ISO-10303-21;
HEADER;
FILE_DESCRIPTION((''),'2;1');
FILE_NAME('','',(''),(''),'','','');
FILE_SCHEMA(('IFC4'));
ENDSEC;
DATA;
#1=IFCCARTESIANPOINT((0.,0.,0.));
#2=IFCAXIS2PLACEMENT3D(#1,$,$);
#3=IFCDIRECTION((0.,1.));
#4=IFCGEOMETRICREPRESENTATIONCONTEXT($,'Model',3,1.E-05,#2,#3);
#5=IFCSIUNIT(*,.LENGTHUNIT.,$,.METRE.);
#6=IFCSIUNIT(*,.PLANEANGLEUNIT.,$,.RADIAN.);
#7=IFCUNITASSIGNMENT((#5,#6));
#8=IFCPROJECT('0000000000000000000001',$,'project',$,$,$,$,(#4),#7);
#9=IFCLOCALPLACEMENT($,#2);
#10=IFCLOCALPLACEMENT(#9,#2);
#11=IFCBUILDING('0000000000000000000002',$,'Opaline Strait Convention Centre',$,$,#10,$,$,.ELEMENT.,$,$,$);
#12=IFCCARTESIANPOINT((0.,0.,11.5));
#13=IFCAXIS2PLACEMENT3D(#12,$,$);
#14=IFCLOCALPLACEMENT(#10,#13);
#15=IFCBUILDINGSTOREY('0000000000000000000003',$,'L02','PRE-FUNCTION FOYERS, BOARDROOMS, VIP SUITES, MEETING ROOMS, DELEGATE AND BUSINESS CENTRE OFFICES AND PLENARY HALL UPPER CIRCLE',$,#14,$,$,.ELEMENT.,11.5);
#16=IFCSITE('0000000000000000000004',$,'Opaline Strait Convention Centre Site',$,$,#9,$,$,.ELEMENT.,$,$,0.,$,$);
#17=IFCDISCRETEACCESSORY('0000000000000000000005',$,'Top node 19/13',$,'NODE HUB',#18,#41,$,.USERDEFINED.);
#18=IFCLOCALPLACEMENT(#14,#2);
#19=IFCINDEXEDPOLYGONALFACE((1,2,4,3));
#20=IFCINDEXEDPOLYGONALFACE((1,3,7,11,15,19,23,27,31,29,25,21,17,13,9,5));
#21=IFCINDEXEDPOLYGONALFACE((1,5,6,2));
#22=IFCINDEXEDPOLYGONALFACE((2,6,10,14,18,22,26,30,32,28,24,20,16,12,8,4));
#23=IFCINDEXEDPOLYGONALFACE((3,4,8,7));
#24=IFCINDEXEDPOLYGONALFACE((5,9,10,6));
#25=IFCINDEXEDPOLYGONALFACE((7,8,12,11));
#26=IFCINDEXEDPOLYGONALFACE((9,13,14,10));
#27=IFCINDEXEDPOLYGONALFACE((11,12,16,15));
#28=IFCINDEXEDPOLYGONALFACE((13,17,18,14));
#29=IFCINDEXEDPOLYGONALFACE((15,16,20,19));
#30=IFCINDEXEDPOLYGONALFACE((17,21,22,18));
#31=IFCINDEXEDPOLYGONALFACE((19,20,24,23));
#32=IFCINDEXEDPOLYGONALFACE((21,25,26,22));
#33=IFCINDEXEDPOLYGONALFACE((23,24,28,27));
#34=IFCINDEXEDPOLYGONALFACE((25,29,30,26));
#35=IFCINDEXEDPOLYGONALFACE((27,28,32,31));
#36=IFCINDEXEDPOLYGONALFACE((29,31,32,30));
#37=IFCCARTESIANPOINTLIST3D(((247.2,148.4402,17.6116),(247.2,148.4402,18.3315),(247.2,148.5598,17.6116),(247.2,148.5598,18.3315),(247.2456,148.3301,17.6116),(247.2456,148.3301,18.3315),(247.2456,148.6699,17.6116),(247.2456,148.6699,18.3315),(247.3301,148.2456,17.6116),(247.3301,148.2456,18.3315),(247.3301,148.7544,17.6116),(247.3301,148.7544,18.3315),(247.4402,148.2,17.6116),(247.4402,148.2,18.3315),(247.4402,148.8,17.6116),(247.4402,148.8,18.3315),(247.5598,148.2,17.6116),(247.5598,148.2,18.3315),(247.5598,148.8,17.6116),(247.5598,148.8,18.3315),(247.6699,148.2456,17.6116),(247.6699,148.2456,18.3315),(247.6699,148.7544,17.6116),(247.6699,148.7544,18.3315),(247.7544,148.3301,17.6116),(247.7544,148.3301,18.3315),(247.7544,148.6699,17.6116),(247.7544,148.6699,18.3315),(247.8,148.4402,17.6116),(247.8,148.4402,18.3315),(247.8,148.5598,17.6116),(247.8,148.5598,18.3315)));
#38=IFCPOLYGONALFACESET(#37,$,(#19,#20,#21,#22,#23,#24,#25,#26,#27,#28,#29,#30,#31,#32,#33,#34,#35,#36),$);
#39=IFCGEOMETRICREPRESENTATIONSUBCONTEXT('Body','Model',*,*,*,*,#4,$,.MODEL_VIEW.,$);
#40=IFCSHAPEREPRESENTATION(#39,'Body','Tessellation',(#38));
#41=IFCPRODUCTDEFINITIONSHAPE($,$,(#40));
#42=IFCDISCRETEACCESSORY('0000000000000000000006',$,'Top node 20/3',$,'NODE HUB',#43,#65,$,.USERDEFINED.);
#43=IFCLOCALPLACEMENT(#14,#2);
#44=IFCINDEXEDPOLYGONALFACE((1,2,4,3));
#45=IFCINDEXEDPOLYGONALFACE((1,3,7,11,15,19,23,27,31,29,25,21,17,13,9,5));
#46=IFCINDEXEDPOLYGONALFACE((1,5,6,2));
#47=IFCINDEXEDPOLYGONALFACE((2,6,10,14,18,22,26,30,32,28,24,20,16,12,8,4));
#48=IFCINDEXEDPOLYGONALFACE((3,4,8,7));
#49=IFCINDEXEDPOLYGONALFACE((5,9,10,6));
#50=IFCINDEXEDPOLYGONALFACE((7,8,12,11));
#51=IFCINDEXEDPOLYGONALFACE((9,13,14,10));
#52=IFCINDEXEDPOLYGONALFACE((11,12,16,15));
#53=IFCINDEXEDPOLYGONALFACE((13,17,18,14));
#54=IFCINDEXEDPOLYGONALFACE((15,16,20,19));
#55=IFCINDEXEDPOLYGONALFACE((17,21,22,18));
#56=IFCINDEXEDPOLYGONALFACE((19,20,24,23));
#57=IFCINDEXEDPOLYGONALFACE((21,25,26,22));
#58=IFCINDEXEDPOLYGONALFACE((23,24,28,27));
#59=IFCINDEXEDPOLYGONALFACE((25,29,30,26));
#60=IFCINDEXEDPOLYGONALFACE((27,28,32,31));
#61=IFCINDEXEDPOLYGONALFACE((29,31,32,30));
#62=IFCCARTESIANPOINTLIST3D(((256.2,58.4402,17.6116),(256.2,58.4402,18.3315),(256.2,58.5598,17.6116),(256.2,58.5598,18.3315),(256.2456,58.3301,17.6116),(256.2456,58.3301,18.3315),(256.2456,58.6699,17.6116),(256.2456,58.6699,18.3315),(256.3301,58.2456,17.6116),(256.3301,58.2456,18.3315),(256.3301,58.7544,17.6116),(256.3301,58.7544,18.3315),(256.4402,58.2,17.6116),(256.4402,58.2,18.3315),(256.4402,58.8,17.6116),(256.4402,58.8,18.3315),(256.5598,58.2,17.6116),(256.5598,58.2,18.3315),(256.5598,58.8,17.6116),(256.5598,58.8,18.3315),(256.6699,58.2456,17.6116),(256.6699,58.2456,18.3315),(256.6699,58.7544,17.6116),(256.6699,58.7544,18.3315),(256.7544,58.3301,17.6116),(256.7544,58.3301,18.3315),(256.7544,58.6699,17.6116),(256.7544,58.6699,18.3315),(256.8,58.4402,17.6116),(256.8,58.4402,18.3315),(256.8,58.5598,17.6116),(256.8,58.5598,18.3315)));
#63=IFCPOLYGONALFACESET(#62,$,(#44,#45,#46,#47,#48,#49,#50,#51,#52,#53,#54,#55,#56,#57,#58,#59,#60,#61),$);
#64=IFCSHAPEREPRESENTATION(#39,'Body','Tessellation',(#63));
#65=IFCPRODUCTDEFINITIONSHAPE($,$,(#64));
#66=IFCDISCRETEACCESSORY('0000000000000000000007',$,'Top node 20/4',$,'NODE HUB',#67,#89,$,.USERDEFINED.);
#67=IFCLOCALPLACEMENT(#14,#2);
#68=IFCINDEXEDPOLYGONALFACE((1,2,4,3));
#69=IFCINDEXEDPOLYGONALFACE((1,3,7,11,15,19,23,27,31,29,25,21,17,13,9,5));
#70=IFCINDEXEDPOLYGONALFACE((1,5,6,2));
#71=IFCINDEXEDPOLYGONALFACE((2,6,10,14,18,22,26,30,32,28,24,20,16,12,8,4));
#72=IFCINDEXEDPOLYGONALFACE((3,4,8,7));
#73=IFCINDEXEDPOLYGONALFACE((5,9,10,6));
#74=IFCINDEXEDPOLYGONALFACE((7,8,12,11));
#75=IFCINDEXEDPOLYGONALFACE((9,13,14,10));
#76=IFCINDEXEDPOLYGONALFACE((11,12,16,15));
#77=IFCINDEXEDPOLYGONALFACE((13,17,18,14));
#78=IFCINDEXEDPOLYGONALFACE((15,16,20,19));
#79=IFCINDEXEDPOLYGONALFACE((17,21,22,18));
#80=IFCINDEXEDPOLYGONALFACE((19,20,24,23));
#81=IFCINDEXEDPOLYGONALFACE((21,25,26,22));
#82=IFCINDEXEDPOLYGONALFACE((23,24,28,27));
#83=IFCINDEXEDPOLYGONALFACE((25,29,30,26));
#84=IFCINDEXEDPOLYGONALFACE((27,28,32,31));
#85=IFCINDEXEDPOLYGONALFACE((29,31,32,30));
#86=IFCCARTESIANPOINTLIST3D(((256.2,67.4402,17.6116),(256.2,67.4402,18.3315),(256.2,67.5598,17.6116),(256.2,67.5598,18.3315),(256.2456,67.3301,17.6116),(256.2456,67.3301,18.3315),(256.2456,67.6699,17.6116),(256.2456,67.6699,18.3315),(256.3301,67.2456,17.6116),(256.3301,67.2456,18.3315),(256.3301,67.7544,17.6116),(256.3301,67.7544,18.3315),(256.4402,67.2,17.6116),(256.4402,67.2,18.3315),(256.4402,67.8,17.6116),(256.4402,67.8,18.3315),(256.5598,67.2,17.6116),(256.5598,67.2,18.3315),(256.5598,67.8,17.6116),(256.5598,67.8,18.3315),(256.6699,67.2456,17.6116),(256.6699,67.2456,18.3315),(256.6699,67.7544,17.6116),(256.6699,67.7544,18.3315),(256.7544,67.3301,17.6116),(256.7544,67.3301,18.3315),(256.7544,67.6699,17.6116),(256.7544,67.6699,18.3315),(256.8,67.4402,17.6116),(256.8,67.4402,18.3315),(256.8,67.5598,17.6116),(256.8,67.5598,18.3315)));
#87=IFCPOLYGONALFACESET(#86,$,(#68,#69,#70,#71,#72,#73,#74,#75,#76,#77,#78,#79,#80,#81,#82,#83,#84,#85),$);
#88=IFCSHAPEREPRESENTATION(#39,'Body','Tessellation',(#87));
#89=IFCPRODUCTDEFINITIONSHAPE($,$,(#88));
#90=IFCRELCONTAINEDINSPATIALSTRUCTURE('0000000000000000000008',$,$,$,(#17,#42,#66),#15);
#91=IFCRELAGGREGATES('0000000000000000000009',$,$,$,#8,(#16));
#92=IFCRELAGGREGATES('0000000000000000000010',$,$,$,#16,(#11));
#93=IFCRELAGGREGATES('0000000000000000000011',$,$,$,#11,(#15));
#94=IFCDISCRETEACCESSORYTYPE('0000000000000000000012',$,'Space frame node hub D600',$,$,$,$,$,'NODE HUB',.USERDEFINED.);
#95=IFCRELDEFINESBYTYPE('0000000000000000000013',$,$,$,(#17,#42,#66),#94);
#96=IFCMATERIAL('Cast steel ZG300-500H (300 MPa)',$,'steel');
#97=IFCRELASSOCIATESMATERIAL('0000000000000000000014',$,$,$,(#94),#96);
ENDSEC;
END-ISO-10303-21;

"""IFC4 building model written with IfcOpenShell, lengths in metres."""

from ifc_helpers import new_model, si_unit, direction, frame, origin, place, context, subcontext, project, spatial, polyline, outline, extrude, material, type_object, element, save


model = new_model("IFC4")

# Units and contexts
model_context = context("Model", 3, precision=1e-05, world=origin(), true_north=direction((0.0, 1.0)))
body_context = subcontext(model_context, "Body", "Model", "MODEL_VIEW")
ifc_project = project(units=[si_unit("LENGTHUNIT", "METRE"), si_unit("PLANEANGLEUNIT", "RADIAN")], contexts=[model_context])

# Site, building, storey
site_placement = place(None, origin())
site = spatial("IfcSite", under=ifc_project, at=site_placement, Name="Opaline Strait Convention Centre Site", CompositionType="ELEMENT", RefElevation=0.0)
building_placement = place(site_placement, origin())
building = spatial("IfcBuilding", under=site, at=building_placement, Name="Opaline Strait Convention Centre", CompositionType="ELEMENT")
storey_placement = place(building_placement, frame((0.0, 0.0, 11.5)))
storey = spatial("IfcBuildingStorey", under=building, at=storey_placement, Name="L02", Description="PRE-FUNCTION FOYERS, BOARDROOMS, VIP SUITES, MEETING ROOMS, DELEGATE AND BUSINESS CENTRE OFFICES AND PLENARY HALL UPPER CIRCLE", CompositionType="ELEMENT", Elevation=11.5)

# Discrete accessories
ifc_material = material(Name="Cast steel ZG300-500H (300 MPa)", Category="steel")
discrete_accessory_type = type_object("IfcDiscreteAccessoryType", Name="Space frame node hub D600", ElementType="NODE HUB", PredefinedType="USERDEFINED", material=ifc_material)
discrete_accessory_1_placement = place(storey_placement, frame((0.0, 0.0, 17.6116)))
element("IfcDiscreteAccessory", 1, at=discrete_accessory_1_placement, inside=storey, type_object=discrete_accessory_type, Name="Top node 19/13", ObjectType="NODE HUB", PredefinedType="USERDEFINED", context=body_context, shape_type="SweptSolid", body=[
    extrude(outline(polyline([(247.8, 148.5598), (247.7544, 148.6699), (247.6699, 148.7544), (247.5598, 148.8), (247.4402, 148.8), (247.3301, 148.7544), (247.2456, 148.6699), (247.2, 148.5598), (247.2, 148.4402), (247.2456, 148.3301), (247.3301, 148.2456), (247.4402, 148.2), (247.5598, 148.2), (247.6699, 148.2456), (247.7544, 148.3301), (247.8, 148.4402), (247.8, 148.5598)])), origin(), (0.0, 0.0, 1.0), 0.72),
])
discrete_accessory_2_placement = place(storey_placement, frame((0.0, 0.0, 17.6116)))
element("IfcDiscreteAccessory", 2, at=discrete_accessory_2_placement, inside=storey, type_object=discrete_accessory_type, Name="Top node 20/3", ObjectType="NODE HUB", PredefinedType="USERDEFINED", context=body_context, shape_type="SweptSolid", body=[
    extrude(outline(polyline([(256.8, 58.5598), (256.7544, 58.6699), (256.6699, 58.7544), (256.5598, 58.8), (256.4402, 58.8), (256.3301, 58.7544), (256.2456, 58.6699), (256.2, 58.5598), (256.2, 58.4402), (256.2456, 58.3301), (256.3301, 58.2456), (256.4402, 58.2), (256.5598, 58.2), (256.6699, 58.2456), (256.7544, 58.3301), (256.8, 58.4402), (256.8, 58.5598)])), origin(), (0.0, 0.0, 1.0), 0.72),
])
discrete_accessory_3_placement = place(storey_placement, frame((0.0, 0.0, 17.6116)))
element("IfcDiscreteAccessory", 3, at=discrete_accessory_3_placement, inside=storey, type_object=discrete_accessory_type, Name="Top node 20/4", ObjectType="NODE HUB", PredefinedType="USERDEFINED", context=body_context, shape_type="SweptSolid", body=[
    extrude(outline(polyline([(256.8, 67.5598), (256.7544, 67.6699), (256.6699, 67.7544), (256.5598, 67.8), (256.4402, 67.8), (256.3301, 67.7544), (256.2456, 67.6699), (256.2, 67.5598), (256.2, 67.4402), (256.2456, 67.3301), (256.3301, 67.2456), (256.4402, 67.2), (256.5598, 67.2), (256.6699, 67.2456), (256.7544, 67.3301), (256.8, 67.4402), (256.8, 67.5598)])), origin(), (0.0, 0.0, 1.0), 0.72),
])

save(model, "model.ifc")
